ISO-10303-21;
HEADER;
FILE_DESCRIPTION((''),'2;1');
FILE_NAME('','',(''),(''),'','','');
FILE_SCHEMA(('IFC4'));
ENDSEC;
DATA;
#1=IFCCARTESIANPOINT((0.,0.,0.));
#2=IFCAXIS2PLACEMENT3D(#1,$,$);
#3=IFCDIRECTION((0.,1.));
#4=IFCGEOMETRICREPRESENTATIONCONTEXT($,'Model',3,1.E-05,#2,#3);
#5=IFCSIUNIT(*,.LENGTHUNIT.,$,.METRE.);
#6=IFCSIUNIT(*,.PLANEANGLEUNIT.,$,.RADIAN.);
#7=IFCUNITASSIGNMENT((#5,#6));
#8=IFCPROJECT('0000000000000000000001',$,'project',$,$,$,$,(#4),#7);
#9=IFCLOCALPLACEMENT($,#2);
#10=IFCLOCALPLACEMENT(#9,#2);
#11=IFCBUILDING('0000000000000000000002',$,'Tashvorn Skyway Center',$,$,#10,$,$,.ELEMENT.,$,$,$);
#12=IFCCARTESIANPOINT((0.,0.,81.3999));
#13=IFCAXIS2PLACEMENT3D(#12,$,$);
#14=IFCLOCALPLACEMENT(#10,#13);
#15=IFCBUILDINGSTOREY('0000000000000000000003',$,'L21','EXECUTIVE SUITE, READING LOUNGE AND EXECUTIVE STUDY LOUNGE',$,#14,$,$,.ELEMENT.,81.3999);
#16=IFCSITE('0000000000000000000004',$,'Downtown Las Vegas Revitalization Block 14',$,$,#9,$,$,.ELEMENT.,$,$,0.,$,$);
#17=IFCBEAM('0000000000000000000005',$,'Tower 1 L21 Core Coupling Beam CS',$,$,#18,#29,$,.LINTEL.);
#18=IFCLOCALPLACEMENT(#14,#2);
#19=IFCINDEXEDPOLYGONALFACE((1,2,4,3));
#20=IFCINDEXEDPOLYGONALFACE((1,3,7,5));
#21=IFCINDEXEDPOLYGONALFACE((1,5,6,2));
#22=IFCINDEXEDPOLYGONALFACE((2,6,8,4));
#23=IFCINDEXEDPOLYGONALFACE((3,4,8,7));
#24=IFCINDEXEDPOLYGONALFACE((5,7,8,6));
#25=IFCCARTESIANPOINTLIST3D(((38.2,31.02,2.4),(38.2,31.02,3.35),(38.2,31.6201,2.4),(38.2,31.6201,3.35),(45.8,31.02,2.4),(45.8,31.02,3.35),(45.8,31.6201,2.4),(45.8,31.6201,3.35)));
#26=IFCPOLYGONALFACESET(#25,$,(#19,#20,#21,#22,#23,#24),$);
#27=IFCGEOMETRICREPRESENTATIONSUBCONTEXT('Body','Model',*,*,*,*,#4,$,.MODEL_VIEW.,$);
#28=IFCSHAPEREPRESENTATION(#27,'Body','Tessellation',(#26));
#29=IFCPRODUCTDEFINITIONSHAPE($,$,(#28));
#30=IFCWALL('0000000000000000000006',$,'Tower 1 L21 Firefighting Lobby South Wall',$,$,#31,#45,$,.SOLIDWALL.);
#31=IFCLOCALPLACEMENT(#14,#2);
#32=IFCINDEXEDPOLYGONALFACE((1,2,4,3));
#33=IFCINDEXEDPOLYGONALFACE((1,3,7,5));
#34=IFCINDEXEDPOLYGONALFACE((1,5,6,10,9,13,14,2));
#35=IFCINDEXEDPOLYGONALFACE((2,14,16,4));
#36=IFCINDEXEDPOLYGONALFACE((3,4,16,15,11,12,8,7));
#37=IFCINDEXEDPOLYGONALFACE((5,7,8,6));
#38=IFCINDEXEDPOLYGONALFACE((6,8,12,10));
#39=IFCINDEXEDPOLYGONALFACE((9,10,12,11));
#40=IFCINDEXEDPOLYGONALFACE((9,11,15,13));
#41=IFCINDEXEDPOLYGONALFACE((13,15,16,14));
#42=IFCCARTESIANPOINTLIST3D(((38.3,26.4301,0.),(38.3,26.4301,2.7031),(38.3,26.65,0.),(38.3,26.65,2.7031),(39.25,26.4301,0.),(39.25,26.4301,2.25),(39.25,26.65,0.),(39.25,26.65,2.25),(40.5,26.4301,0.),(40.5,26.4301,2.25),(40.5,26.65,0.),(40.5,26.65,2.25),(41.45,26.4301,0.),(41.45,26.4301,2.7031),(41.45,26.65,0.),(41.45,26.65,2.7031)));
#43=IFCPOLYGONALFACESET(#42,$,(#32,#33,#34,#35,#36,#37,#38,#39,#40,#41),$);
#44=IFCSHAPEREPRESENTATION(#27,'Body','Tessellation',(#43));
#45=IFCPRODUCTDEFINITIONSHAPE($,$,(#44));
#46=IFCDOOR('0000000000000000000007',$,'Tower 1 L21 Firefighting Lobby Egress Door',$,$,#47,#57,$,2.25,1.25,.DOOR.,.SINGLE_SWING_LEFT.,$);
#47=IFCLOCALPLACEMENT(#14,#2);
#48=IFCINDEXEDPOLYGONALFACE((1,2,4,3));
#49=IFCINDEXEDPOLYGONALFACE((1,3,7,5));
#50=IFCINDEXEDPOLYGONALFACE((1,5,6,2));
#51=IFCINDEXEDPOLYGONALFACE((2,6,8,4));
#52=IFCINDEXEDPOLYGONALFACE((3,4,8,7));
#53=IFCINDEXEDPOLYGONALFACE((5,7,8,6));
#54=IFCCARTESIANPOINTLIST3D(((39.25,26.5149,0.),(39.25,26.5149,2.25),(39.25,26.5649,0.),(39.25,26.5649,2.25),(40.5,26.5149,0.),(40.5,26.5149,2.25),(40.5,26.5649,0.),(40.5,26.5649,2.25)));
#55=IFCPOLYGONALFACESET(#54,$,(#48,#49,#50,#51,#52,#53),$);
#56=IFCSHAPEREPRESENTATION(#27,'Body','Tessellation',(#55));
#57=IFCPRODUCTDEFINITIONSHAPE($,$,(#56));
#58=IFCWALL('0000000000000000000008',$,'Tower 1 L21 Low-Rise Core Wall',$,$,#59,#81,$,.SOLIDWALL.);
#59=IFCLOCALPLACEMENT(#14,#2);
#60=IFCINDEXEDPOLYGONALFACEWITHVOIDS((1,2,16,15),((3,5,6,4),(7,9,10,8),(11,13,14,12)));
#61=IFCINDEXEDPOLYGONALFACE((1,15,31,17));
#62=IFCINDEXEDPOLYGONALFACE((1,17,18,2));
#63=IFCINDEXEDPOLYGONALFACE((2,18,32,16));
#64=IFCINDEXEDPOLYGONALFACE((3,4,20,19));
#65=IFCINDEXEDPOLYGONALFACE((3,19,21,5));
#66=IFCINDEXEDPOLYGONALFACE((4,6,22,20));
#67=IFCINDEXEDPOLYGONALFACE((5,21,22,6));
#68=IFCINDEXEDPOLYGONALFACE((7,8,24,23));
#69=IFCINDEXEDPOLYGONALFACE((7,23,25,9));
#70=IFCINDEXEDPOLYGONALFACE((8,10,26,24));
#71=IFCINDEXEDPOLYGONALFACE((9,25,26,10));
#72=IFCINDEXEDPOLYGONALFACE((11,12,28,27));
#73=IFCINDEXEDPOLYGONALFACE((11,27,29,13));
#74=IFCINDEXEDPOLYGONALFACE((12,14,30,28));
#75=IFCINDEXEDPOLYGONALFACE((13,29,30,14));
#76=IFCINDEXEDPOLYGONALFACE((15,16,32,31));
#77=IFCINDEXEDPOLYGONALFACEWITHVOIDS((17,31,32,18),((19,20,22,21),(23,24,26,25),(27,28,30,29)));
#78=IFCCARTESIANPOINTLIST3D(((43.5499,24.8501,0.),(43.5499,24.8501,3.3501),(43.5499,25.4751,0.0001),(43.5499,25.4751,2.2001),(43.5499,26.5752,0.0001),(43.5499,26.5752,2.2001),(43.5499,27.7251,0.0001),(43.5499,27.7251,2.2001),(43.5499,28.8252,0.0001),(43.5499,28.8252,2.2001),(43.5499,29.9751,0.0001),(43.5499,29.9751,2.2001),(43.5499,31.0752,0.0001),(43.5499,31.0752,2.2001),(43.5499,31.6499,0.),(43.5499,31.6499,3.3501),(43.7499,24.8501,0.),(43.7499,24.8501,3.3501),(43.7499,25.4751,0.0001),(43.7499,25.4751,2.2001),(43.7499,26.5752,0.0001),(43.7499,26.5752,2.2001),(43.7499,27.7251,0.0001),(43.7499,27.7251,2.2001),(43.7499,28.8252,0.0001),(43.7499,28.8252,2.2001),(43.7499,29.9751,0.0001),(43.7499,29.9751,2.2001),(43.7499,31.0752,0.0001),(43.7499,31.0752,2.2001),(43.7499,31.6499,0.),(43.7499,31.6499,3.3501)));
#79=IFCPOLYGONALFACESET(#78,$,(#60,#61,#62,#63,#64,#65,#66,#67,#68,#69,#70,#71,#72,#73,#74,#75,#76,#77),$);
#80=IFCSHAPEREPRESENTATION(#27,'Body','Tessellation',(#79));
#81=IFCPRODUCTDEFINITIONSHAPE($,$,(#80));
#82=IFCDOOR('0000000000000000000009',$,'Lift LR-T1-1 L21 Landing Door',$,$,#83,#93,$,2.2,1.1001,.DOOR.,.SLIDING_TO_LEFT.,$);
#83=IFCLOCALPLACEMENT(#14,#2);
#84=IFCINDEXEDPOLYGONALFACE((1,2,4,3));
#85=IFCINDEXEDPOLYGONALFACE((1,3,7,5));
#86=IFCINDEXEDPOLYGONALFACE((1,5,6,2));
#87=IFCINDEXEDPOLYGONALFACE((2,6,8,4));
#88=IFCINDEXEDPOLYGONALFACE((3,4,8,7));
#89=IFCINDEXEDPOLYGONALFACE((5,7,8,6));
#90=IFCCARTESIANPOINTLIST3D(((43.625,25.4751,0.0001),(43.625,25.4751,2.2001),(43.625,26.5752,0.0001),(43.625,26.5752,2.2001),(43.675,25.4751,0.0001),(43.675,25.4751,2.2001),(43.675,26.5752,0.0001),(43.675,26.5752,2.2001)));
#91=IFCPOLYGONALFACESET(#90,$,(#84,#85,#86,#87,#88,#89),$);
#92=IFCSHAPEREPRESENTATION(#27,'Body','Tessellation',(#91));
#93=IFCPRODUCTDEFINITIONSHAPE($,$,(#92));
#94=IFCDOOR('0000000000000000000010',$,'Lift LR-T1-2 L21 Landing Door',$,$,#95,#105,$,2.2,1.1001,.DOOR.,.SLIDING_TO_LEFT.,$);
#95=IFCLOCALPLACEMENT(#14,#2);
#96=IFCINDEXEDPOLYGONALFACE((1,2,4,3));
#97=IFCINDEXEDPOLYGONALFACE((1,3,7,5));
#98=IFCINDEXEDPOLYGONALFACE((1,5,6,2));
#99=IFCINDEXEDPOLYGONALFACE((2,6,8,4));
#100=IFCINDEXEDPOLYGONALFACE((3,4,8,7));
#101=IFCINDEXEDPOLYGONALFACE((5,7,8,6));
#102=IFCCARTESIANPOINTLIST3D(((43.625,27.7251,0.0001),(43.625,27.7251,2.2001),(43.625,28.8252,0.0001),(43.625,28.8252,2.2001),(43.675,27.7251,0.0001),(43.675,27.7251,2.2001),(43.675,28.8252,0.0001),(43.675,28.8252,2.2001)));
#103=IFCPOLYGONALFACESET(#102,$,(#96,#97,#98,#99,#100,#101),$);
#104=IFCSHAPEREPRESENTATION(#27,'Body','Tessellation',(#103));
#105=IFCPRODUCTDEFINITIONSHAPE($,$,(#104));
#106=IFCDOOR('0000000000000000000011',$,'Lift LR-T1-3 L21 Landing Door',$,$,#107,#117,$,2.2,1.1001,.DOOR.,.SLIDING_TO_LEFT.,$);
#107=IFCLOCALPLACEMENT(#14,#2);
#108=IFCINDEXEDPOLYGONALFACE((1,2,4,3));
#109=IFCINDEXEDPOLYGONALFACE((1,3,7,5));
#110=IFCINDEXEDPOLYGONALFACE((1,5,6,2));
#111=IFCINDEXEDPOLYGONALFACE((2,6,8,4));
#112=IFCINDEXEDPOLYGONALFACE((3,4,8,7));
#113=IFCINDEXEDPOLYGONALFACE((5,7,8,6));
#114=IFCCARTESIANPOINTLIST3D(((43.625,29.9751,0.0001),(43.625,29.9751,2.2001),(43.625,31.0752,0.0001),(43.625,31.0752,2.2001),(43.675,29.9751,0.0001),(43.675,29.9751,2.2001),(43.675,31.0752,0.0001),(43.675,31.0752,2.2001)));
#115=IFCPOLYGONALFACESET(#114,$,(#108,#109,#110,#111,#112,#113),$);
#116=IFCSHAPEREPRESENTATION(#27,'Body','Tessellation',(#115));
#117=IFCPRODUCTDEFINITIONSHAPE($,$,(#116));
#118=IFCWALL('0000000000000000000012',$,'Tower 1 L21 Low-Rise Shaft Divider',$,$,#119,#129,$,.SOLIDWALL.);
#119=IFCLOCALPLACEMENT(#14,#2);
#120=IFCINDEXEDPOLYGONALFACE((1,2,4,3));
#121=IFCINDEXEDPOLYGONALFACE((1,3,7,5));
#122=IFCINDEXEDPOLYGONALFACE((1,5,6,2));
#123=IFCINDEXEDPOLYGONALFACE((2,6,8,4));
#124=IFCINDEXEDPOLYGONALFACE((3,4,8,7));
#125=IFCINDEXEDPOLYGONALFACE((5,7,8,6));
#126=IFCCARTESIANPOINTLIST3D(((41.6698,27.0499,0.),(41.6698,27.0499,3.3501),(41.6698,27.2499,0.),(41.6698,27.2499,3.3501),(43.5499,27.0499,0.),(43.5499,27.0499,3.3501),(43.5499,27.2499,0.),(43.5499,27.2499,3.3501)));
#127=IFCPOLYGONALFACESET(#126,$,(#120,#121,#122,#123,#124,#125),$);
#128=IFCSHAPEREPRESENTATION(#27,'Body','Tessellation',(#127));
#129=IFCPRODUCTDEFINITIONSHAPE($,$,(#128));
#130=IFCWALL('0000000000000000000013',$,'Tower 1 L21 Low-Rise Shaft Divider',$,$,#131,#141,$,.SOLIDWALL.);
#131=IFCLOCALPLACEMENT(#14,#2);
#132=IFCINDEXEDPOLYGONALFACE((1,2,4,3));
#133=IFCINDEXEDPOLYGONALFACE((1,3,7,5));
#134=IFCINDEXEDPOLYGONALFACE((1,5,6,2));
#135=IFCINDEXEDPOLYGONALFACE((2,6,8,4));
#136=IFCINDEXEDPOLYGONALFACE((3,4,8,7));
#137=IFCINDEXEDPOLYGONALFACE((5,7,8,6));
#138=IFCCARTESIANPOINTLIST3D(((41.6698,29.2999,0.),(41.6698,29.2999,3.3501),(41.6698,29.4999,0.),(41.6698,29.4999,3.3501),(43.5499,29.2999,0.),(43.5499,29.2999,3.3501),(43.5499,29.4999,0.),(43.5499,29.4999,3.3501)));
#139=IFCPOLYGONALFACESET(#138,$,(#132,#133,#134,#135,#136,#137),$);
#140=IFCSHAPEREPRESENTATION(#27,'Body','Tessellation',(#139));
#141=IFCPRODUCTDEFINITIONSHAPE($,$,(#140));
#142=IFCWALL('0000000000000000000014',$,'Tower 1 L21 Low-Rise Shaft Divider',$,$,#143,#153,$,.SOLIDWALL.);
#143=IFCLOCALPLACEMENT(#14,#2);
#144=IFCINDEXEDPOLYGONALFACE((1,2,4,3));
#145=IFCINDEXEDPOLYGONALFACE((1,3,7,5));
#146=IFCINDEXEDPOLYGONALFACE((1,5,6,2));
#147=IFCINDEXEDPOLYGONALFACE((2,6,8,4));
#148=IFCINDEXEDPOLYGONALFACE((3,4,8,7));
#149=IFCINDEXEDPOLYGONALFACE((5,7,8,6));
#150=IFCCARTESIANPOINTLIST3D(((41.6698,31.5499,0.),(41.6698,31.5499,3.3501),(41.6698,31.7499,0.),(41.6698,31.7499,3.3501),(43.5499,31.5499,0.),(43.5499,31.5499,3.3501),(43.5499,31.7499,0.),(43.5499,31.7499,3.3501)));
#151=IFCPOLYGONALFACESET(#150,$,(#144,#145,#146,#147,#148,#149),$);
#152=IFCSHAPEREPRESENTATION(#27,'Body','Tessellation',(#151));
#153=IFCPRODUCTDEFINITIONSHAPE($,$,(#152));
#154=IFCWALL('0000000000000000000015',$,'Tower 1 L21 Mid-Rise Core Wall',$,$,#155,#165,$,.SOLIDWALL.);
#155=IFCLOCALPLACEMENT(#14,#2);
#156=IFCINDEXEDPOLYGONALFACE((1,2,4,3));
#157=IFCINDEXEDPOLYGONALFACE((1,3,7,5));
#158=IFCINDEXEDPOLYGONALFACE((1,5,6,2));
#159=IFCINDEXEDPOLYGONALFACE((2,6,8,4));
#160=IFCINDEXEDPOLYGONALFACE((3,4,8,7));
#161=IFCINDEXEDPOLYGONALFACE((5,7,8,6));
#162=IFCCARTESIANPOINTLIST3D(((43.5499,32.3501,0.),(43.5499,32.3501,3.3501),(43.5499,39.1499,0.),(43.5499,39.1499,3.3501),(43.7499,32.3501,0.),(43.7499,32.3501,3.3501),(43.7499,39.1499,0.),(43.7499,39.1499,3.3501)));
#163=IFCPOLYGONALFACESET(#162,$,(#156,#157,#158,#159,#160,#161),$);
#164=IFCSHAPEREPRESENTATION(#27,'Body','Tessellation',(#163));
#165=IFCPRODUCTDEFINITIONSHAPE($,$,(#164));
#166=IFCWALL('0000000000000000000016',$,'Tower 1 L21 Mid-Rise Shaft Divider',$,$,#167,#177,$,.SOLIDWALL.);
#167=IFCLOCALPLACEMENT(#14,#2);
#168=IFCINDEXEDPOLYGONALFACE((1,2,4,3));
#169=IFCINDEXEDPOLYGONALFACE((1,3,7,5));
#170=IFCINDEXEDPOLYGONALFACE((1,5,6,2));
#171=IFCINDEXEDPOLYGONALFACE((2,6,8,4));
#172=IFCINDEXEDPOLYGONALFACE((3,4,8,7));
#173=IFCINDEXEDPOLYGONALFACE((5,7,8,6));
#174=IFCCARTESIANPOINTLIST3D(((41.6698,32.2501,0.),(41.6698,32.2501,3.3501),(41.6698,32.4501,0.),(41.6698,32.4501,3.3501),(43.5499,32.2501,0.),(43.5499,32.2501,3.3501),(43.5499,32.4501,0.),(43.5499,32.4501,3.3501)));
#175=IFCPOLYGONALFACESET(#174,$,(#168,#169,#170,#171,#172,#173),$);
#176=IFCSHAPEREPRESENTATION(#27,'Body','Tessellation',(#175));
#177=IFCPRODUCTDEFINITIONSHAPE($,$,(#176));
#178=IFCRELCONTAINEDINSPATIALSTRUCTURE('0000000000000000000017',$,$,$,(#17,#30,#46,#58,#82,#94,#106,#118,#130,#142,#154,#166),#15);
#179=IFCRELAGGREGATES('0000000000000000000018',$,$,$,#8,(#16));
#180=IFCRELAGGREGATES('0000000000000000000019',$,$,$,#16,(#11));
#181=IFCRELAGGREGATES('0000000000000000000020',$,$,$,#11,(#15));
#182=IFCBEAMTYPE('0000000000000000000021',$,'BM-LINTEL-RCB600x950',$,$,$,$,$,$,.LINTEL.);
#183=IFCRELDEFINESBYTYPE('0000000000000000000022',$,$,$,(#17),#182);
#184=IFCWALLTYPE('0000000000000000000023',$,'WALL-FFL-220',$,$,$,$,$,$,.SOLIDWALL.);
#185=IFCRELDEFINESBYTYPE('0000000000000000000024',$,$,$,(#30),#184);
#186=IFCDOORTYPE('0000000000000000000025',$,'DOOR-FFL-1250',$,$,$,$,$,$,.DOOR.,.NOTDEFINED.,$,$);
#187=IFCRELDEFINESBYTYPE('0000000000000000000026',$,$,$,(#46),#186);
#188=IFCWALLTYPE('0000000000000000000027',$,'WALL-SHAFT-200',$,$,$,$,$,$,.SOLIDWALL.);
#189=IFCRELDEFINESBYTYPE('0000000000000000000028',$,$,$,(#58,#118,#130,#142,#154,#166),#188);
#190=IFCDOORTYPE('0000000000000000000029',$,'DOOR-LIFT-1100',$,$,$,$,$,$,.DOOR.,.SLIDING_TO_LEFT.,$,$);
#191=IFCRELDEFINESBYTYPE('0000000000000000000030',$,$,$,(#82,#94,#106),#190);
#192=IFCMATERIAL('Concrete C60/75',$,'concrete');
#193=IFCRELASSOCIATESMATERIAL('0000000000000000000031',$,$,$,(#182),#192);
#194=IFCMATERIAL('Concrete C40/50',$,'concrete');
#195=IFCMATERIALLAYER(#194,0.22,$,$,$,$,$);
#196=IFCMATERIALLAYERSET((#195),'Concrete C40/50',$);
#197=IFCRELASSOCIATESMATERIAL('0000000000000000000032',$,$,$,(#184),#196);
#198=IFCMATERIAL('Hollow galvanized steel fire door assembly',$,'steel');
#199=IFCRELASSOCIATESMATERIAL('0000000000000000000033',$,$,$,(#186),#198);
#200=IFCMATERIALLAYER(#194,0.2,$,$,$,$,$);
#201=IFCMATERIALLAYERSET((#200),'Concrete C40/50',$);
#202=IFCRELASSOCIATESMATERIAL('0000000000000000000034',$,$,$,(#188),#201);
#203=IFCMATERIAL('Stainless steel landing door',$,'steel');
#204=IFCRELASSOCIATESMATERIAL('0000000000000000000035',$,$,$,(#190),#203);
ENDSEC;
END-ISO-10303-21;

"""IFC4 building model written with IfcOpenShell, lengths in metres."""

from ifc_helpers import new_model, si_unit, direction, frame, frame_2d, origin, origin_2d, place, context, subcontext, project, spatial, rectangle, extrude, material, layer, layer_set, material_profile, profile_set, type_object, element, fill, save


model = new_model("IFC4")

# Units and contexts
model_context = context("Model", 3, precision=1e-05, world=origin(), true_north=direction((0.0, 1.0)))
body_context = subcontext(model_context, "Body", "Model", "MODEL_VIEW")
ifc_project = project(units=[si_unit("LENGTHUNIT", "METRE"), si_unit("PLANEANGLEUNIT", "RADIAN")], contexts=[model_context])

# Site, building, storey
site_placement = place(None, origin())
site = spatial("IfcSite", under=ifc_project, at=site_placement, Name="Downtown Las Vegas Revitalization Block 14", CompositionType="ELEMENT", RefElevation=0.0)
building_placement = place(site_placement, origin())
building = spatial("IfcBuilding", under=site, at=building_placement, Name="Tashvorn Skyway Center", CompositionType="ELEMENT")
storey_placement = place(building_placement, frame((0.0, 0.0, 81.3999)))
storey = spatial("IfcBuildingStorey", under=building, at=storey_placement, Name="L21", Description="EXECUTIVE SUITE, READING LOUNGE AND EXECUTIVE STUDY LOUNGE", CompositionType="ELEMENT", Elevation=81.3999)

# Beam
ifc_material_1 = material(Name="Concrete C60/75", Category="concrete")
ifc_material_profile = material_profile(ifc_material_1, rectangle(XDim=0.6001, YDim=0.95, at=origin_2d()), Name="RCB600x950")
ifc_profile_set = profile_set([ifc_material_profile], Name="Concrete C60/75")
beam_type = type_object("IfcBeamType", Name="BM-LINTEL-RCB600x950", PredefinedType="LINTEL", material=ifc_profile_set)
beam_placement = place(storey_placement, frame((38.2, 31.3201, 2.875), z_axis=(1.0, 0.0, 0.0), x_axis=(0.0, 1.0, 0.0)))
element("IfcBeam", 1, at=beam_placement, inside=storey, type_object=beam_type, Name="Tower 1 L21 Core Coupling Beam CS", PredefinedType="LINTEL", context=body_context, shape_type="SweptSolid", body=[
    extrude(rectangle(XDim=0.6001, YDim=0.95, at=origin_2d()), origin(), (0.0, 0.0, 1.0), 7.6001),
])

# Wall, opening, door
ifc_material_2 = material(Name="Concrete C40/50", Category="concrete")
ifc_layer_1 = layer(ifc_material_2, 0.22)
ifc_layer_set_1 = layer_set([ifc_layer_1], Name="Concrete C40/50")
wall_type_1 = type_object("IfcWallType", Name="WALL-FFL-220", PredefinedType="SOLIDWALL", material=ifc_layer_set_1)
wall_1_placement = place(storey_placement, frame((38.3, 26.54, 0.0), z_axis=(0.0, 0.0, 1.0), x_axis=(1.0, 0.0, 0.0)))
wall_1 = element("IfcWall", 2, at=wall_1_placement, inside=storey, type_object=wall_type_1, Name="Tower 1 L21 Firefighting Lobby South Wall", PredefinedType="SOLIDWALL", context=body_context, shape_type="SweptSolid", body=[
    extrude(rectangle(XDim=3.1499, YDim=0.22, at=frame_2d((1.575, 0.0))), origin(), (0.0, 0.0, 1.0), 2.7031),
])
opening_1_placement = place(wall_1_placement, frame((0.95, 0.0, 0.0)))
opening_1 = element("IfcOpeningElement", 3, at=opening_1_placement, cuts=wall_1, PredefinedType="OPENING", context=body_context, shape_type="SweptSolid", body=[
    extrude(rectangle(XDim=1.25, YDim=2.25, at=frame_2d((0.625, 1.125))), frame((0.0, 0.1199, 0.0), z_axis=(0.0, -1.0, 0.0), x_axis=(1.0, 0.0, 0.0)), (0.0, 0.0, 1.0), 0.24),
])
ifc_material_3 = material(Name="Hollow galvanized steel fire door assembly", Category="steel")
door_type_1 = type_object("IfcDoorType", Name="DOOR-FFL-1250", OperationType="NOTDEFINED", PredefinedType="DOOR", material=ifc_material_3)
door_1_placement = place(opening_1_placement, origin())
door_1 = element("IfcDoor", 4, at=door_1_placement, inside=storey, type_object=door_type_1, Name="Tower 1 L21 Firefighting Lobby Egress Door", OperationType="SINGLE_SWING_LEFT", OverallHeight=2.25, OverallWidth=1.25, PredefinedType="DOOR", context=body_context, shape_type="SweptSolid", body=[
    extrude(rectangle(XDim=1.25, YDim=2.25, at=frame_2d((0.625, 1.125))), frame((0.0, 0.0249, 0.0), z_axis=(0.0, -1.0, 0.0), x_axis=(1.0, 0.0, 0.0)), (0.0, 0.0, 1.0), 0.05),
])
fill(opening_1, door_1)

# Wall, openings, doors
ifc_layer_2 = layer(ifc_material_2, 0.2)
ifc_layer_set_2 = layer_set([ifc_layer_2], Name="Concrete C40/50")
wall_type_2 = type_object("IfcWallType", Name="WALL-SHAFT-200", PredefinedType="SOLIDWALL", material=ifc_layer_set_2)
wall_2_placement = place(storey_placement, frame((43.6499, 24.8501, 0.0), z_axis=(0.0, 0.0, 1.0), x_axis=(0.0, 1.0, 0.0)))
wall_2 = element("IfcWall", 5, at=wall_2_placement, inside=storey, type_object=wall_type_2, Name="Tower 1 L21 Low-Rise Core Wall", PredefinedType="SOLIDWALL", context=body_context, shape_type="SweptSolid", body=[
    extrude(rectangle(XDim=6.7998, YDim=0.2, at=frame_2d((3.3999, 0.0))), origin(), (0.0, 0.0, 1.0), 3.3501),
])
opening_2_placement = place(wall_2_placement, frame((0.625, 0.0, 0.0)))
opening_2 = element("IfcOpeningElement", 6, at=opening_2_placement, cuts=wall_2, PredefinedType="OPENING", context=body_context, shape_type="SweptSolid", body=[
    extrude(rectangle(XDim=1.1001, YDim=2.2, at=frame_2d((0.55, 1.1001))), frame((0.0, 0.1099, 0.0), z_axis=(0.0, -1.0, 0.0), x_axis=(1.0, 0.0, 0.0)), (0.0, 0.0, 1.0), 0.22),
])
opening_3_placement = place(wall_2_placement, frame((2.875, 0.0, 0.0)))
opening_3 = element("IfcOpeningElement", 7, at=opening_3_placement, cuts=wall_2, PredefinedType="OPENING", context=body_context, shape_type="SweptSolid", body=[
    extrude(rectangle(XDim=1.1001, YDim=2.2, at=frame_2d((0.55, 1.1001))), frame((0.0, 0.1099, 0.0), z_axis=(0.0, -1.0, 0.0), x_axis=(1.0, 0.0, 0.0)), (0.0, 0.0, 1.0), 0.22),
])
opening_4_placement = place(wall_2_placement, frame((5.125, 0.0, 0.0)))
opening_4 = element("IfcOpeningElement", 8, at=opening_4_placement, cuts=wall_2, PredefinedType="OPENING", context=body_context, shape_type="SweptSolid", body=[
    extrude(rectangle(XDim=1.1001, YDim=2.2, at=frame_2d((0.55, 1.1001))), frame((0.0, 0.1099, 0.0), z_axis=(0.0, -1.0, 0.0), x_axis=(1.0, 0.0, 0.0)), (0.0, 0.0, 1.0), 0.22),
])
ifc_material_4 = material(Name="Stainless steel landing door", Category="steel")
door_type_2 = type_object("IfcDoorType", Name="DOOR-LIFT-1100", OperationType="SLIDING_TO_LEFT", PredefinedType="DOOR", material=ifc_material_4)
door_2_placement = place(opening_2_placement, origin())
door_2 = element("IfcDoor", 9, at=door_2_placement, inside=storey, type_object=door_type_2, Name="Lift LR-T1-1 L21 Landing Door", OperationType="SLIDING_TO_LEFT", OverallHeight=2.2, OverallWidth=1.1001, PredefinedType="DOOR", context=body_context, shape_type="SweptSolid", body=[
    extrude(rectangle(XDim=1.1001, YDim=2.2, at=frame_2d((0.55, 1.1001))), frame((0.0, 0.0249, 0.0), z_axis=(0.0, -1.0, 0.0), x_axis=(1.0, 0.0, 0.0)), (0.0, 0.0, 1.0), 0.05),
])
fill(opening_2, door_2)
door_3_placement = place(opening_3_placement, origin())
door_3 = element("IfcDoor", 10, at=door_3_placement, inside=storey, type_object=door_type_2, Name="Lift LR-T1-2 L21 Landing Door", OperationType="SLIDING_TO_LEFT", OverallHeight=2.2, OverallWidth=1.1001, PredefinedType="DOOR", context=body_context, shape_type="SweptSolid", body=[
    extrude(rectangle(XDim=1.1001, YDim=2.2, at=frame_2d((0.55, 1.1001))), frame((0.0, 0.0249, 0.0), z_axis=(0.0, -1.0, 0.0), x_axis=(1.0, 0.0, 0.0)), (0.0, 0.0, 1.0), 0.05),
])
fill(opening_3, door_3)
door_4_placement = place(opening_4_placement, origin())
door_4 = element("IfcDoor", 11, at=door_4_placement, inside=storey, type_object=door_type_2, Name="Lift LR-T1-3 L21 Landing Door", OperationType="SLIDING_TO_LEFT", OverallHeight=2.2, OverallWidth=1.1001, PredefinedType="DOOR", context=body_context, shape_type="SweptSolid", body=[
    extrude(rectangle(XDim=1.1001, YDim=2.2, at=frame_2d((0.55, 1.1001))), frame((0.0, 0.0249, 0.0), z_axis=(0.0, -1.0, 0.0), x_axis=(1.0, 0.0, 0.0)), (0.0, 0.0, 1.0), 0.05),
])
fill(opening_4, door_4)

# Walls
for number, where, z_axis, x_axis, name in (
    (12, (41.6699, 27.1499, 0.0), (0.0, 0.0, 1.0), (1.0, 0.0, 0.0), "Tower 1 L21 Low-Rise Shaft Divider"),
    (13, (41.6699, 29.3999, 0.0), (0.0, 0.0, 1.0), (1.0, 0.0, 0.0), "Tower 1 L21 Low-Rise Shaft Divider"),
    (14, (41.6699, 31.6499, 0.0), (0.0, 0.0, 1.0), (1.0, 0.0, 0.0), "Tower 1 L21 Low-Rise Shaft Divider"),
):
    element("IfcWall", number, at=place(storey_placement, frame(where, z_axis=z_axis, x_axis=x_axis)), inside=storey, type_object=wall_type_2, Name=name, PredefinedType="SOLIDWALL", context=body_context, shape_type="SweptSolid", body=[
        extrude(rectangle(XDim=1.8801, YDim=0.2, at=frame_2d((0.9399, 0.0))), origin(), (0.0, 0.0, 1.0), 3.3501),
    ])
wall_3_placement = place(storey_placement, frame((43.6499, 32.3501, 0.0), z_axis=(0.0, 0.0, 1.0), x_axis=(0.0, 1.0, 0.0)))
element("IfcWall", 15, at=wall_3_placement, inside=storey, type_object=wall_type_2, Name="Tower 1 L21 Mid-Rise Core Wall", PredefinedType="SOLIDWALL", context=body_context, shape_type="SweptSolid", body=[
    extrude(rectangle(XDim=6.7998, YDim=0.2, at=frame_2d((3.3999, 0.0))), origin(), (0.0, 0.0, 1.0), 3.3501),
])
wall_4_placement = place(storey_placement, frame((41.6699, 32.3501, 0.0), z_axis=(0.0, 0.0, 1.0), x_axis=(1.0, 0.0, 0.0)))
element("IfcWall", 16, at=wall_4_placement, inside=storey, type_object=wall_type_2, Name="Tower 1 L21 Mid-Rise Shaft Divider", PredefinedType="SOLIDWALL", context=body_context, shape_type="SweptSolid", body=[
    extrude(rectangle(XDim=1.8801, YDim=0.2, at=frame_2d((0.9399, 0.0))), origin(), (0.0, 0.0, 1.0), 3.3501),
])

save(model, "model.ifc")
